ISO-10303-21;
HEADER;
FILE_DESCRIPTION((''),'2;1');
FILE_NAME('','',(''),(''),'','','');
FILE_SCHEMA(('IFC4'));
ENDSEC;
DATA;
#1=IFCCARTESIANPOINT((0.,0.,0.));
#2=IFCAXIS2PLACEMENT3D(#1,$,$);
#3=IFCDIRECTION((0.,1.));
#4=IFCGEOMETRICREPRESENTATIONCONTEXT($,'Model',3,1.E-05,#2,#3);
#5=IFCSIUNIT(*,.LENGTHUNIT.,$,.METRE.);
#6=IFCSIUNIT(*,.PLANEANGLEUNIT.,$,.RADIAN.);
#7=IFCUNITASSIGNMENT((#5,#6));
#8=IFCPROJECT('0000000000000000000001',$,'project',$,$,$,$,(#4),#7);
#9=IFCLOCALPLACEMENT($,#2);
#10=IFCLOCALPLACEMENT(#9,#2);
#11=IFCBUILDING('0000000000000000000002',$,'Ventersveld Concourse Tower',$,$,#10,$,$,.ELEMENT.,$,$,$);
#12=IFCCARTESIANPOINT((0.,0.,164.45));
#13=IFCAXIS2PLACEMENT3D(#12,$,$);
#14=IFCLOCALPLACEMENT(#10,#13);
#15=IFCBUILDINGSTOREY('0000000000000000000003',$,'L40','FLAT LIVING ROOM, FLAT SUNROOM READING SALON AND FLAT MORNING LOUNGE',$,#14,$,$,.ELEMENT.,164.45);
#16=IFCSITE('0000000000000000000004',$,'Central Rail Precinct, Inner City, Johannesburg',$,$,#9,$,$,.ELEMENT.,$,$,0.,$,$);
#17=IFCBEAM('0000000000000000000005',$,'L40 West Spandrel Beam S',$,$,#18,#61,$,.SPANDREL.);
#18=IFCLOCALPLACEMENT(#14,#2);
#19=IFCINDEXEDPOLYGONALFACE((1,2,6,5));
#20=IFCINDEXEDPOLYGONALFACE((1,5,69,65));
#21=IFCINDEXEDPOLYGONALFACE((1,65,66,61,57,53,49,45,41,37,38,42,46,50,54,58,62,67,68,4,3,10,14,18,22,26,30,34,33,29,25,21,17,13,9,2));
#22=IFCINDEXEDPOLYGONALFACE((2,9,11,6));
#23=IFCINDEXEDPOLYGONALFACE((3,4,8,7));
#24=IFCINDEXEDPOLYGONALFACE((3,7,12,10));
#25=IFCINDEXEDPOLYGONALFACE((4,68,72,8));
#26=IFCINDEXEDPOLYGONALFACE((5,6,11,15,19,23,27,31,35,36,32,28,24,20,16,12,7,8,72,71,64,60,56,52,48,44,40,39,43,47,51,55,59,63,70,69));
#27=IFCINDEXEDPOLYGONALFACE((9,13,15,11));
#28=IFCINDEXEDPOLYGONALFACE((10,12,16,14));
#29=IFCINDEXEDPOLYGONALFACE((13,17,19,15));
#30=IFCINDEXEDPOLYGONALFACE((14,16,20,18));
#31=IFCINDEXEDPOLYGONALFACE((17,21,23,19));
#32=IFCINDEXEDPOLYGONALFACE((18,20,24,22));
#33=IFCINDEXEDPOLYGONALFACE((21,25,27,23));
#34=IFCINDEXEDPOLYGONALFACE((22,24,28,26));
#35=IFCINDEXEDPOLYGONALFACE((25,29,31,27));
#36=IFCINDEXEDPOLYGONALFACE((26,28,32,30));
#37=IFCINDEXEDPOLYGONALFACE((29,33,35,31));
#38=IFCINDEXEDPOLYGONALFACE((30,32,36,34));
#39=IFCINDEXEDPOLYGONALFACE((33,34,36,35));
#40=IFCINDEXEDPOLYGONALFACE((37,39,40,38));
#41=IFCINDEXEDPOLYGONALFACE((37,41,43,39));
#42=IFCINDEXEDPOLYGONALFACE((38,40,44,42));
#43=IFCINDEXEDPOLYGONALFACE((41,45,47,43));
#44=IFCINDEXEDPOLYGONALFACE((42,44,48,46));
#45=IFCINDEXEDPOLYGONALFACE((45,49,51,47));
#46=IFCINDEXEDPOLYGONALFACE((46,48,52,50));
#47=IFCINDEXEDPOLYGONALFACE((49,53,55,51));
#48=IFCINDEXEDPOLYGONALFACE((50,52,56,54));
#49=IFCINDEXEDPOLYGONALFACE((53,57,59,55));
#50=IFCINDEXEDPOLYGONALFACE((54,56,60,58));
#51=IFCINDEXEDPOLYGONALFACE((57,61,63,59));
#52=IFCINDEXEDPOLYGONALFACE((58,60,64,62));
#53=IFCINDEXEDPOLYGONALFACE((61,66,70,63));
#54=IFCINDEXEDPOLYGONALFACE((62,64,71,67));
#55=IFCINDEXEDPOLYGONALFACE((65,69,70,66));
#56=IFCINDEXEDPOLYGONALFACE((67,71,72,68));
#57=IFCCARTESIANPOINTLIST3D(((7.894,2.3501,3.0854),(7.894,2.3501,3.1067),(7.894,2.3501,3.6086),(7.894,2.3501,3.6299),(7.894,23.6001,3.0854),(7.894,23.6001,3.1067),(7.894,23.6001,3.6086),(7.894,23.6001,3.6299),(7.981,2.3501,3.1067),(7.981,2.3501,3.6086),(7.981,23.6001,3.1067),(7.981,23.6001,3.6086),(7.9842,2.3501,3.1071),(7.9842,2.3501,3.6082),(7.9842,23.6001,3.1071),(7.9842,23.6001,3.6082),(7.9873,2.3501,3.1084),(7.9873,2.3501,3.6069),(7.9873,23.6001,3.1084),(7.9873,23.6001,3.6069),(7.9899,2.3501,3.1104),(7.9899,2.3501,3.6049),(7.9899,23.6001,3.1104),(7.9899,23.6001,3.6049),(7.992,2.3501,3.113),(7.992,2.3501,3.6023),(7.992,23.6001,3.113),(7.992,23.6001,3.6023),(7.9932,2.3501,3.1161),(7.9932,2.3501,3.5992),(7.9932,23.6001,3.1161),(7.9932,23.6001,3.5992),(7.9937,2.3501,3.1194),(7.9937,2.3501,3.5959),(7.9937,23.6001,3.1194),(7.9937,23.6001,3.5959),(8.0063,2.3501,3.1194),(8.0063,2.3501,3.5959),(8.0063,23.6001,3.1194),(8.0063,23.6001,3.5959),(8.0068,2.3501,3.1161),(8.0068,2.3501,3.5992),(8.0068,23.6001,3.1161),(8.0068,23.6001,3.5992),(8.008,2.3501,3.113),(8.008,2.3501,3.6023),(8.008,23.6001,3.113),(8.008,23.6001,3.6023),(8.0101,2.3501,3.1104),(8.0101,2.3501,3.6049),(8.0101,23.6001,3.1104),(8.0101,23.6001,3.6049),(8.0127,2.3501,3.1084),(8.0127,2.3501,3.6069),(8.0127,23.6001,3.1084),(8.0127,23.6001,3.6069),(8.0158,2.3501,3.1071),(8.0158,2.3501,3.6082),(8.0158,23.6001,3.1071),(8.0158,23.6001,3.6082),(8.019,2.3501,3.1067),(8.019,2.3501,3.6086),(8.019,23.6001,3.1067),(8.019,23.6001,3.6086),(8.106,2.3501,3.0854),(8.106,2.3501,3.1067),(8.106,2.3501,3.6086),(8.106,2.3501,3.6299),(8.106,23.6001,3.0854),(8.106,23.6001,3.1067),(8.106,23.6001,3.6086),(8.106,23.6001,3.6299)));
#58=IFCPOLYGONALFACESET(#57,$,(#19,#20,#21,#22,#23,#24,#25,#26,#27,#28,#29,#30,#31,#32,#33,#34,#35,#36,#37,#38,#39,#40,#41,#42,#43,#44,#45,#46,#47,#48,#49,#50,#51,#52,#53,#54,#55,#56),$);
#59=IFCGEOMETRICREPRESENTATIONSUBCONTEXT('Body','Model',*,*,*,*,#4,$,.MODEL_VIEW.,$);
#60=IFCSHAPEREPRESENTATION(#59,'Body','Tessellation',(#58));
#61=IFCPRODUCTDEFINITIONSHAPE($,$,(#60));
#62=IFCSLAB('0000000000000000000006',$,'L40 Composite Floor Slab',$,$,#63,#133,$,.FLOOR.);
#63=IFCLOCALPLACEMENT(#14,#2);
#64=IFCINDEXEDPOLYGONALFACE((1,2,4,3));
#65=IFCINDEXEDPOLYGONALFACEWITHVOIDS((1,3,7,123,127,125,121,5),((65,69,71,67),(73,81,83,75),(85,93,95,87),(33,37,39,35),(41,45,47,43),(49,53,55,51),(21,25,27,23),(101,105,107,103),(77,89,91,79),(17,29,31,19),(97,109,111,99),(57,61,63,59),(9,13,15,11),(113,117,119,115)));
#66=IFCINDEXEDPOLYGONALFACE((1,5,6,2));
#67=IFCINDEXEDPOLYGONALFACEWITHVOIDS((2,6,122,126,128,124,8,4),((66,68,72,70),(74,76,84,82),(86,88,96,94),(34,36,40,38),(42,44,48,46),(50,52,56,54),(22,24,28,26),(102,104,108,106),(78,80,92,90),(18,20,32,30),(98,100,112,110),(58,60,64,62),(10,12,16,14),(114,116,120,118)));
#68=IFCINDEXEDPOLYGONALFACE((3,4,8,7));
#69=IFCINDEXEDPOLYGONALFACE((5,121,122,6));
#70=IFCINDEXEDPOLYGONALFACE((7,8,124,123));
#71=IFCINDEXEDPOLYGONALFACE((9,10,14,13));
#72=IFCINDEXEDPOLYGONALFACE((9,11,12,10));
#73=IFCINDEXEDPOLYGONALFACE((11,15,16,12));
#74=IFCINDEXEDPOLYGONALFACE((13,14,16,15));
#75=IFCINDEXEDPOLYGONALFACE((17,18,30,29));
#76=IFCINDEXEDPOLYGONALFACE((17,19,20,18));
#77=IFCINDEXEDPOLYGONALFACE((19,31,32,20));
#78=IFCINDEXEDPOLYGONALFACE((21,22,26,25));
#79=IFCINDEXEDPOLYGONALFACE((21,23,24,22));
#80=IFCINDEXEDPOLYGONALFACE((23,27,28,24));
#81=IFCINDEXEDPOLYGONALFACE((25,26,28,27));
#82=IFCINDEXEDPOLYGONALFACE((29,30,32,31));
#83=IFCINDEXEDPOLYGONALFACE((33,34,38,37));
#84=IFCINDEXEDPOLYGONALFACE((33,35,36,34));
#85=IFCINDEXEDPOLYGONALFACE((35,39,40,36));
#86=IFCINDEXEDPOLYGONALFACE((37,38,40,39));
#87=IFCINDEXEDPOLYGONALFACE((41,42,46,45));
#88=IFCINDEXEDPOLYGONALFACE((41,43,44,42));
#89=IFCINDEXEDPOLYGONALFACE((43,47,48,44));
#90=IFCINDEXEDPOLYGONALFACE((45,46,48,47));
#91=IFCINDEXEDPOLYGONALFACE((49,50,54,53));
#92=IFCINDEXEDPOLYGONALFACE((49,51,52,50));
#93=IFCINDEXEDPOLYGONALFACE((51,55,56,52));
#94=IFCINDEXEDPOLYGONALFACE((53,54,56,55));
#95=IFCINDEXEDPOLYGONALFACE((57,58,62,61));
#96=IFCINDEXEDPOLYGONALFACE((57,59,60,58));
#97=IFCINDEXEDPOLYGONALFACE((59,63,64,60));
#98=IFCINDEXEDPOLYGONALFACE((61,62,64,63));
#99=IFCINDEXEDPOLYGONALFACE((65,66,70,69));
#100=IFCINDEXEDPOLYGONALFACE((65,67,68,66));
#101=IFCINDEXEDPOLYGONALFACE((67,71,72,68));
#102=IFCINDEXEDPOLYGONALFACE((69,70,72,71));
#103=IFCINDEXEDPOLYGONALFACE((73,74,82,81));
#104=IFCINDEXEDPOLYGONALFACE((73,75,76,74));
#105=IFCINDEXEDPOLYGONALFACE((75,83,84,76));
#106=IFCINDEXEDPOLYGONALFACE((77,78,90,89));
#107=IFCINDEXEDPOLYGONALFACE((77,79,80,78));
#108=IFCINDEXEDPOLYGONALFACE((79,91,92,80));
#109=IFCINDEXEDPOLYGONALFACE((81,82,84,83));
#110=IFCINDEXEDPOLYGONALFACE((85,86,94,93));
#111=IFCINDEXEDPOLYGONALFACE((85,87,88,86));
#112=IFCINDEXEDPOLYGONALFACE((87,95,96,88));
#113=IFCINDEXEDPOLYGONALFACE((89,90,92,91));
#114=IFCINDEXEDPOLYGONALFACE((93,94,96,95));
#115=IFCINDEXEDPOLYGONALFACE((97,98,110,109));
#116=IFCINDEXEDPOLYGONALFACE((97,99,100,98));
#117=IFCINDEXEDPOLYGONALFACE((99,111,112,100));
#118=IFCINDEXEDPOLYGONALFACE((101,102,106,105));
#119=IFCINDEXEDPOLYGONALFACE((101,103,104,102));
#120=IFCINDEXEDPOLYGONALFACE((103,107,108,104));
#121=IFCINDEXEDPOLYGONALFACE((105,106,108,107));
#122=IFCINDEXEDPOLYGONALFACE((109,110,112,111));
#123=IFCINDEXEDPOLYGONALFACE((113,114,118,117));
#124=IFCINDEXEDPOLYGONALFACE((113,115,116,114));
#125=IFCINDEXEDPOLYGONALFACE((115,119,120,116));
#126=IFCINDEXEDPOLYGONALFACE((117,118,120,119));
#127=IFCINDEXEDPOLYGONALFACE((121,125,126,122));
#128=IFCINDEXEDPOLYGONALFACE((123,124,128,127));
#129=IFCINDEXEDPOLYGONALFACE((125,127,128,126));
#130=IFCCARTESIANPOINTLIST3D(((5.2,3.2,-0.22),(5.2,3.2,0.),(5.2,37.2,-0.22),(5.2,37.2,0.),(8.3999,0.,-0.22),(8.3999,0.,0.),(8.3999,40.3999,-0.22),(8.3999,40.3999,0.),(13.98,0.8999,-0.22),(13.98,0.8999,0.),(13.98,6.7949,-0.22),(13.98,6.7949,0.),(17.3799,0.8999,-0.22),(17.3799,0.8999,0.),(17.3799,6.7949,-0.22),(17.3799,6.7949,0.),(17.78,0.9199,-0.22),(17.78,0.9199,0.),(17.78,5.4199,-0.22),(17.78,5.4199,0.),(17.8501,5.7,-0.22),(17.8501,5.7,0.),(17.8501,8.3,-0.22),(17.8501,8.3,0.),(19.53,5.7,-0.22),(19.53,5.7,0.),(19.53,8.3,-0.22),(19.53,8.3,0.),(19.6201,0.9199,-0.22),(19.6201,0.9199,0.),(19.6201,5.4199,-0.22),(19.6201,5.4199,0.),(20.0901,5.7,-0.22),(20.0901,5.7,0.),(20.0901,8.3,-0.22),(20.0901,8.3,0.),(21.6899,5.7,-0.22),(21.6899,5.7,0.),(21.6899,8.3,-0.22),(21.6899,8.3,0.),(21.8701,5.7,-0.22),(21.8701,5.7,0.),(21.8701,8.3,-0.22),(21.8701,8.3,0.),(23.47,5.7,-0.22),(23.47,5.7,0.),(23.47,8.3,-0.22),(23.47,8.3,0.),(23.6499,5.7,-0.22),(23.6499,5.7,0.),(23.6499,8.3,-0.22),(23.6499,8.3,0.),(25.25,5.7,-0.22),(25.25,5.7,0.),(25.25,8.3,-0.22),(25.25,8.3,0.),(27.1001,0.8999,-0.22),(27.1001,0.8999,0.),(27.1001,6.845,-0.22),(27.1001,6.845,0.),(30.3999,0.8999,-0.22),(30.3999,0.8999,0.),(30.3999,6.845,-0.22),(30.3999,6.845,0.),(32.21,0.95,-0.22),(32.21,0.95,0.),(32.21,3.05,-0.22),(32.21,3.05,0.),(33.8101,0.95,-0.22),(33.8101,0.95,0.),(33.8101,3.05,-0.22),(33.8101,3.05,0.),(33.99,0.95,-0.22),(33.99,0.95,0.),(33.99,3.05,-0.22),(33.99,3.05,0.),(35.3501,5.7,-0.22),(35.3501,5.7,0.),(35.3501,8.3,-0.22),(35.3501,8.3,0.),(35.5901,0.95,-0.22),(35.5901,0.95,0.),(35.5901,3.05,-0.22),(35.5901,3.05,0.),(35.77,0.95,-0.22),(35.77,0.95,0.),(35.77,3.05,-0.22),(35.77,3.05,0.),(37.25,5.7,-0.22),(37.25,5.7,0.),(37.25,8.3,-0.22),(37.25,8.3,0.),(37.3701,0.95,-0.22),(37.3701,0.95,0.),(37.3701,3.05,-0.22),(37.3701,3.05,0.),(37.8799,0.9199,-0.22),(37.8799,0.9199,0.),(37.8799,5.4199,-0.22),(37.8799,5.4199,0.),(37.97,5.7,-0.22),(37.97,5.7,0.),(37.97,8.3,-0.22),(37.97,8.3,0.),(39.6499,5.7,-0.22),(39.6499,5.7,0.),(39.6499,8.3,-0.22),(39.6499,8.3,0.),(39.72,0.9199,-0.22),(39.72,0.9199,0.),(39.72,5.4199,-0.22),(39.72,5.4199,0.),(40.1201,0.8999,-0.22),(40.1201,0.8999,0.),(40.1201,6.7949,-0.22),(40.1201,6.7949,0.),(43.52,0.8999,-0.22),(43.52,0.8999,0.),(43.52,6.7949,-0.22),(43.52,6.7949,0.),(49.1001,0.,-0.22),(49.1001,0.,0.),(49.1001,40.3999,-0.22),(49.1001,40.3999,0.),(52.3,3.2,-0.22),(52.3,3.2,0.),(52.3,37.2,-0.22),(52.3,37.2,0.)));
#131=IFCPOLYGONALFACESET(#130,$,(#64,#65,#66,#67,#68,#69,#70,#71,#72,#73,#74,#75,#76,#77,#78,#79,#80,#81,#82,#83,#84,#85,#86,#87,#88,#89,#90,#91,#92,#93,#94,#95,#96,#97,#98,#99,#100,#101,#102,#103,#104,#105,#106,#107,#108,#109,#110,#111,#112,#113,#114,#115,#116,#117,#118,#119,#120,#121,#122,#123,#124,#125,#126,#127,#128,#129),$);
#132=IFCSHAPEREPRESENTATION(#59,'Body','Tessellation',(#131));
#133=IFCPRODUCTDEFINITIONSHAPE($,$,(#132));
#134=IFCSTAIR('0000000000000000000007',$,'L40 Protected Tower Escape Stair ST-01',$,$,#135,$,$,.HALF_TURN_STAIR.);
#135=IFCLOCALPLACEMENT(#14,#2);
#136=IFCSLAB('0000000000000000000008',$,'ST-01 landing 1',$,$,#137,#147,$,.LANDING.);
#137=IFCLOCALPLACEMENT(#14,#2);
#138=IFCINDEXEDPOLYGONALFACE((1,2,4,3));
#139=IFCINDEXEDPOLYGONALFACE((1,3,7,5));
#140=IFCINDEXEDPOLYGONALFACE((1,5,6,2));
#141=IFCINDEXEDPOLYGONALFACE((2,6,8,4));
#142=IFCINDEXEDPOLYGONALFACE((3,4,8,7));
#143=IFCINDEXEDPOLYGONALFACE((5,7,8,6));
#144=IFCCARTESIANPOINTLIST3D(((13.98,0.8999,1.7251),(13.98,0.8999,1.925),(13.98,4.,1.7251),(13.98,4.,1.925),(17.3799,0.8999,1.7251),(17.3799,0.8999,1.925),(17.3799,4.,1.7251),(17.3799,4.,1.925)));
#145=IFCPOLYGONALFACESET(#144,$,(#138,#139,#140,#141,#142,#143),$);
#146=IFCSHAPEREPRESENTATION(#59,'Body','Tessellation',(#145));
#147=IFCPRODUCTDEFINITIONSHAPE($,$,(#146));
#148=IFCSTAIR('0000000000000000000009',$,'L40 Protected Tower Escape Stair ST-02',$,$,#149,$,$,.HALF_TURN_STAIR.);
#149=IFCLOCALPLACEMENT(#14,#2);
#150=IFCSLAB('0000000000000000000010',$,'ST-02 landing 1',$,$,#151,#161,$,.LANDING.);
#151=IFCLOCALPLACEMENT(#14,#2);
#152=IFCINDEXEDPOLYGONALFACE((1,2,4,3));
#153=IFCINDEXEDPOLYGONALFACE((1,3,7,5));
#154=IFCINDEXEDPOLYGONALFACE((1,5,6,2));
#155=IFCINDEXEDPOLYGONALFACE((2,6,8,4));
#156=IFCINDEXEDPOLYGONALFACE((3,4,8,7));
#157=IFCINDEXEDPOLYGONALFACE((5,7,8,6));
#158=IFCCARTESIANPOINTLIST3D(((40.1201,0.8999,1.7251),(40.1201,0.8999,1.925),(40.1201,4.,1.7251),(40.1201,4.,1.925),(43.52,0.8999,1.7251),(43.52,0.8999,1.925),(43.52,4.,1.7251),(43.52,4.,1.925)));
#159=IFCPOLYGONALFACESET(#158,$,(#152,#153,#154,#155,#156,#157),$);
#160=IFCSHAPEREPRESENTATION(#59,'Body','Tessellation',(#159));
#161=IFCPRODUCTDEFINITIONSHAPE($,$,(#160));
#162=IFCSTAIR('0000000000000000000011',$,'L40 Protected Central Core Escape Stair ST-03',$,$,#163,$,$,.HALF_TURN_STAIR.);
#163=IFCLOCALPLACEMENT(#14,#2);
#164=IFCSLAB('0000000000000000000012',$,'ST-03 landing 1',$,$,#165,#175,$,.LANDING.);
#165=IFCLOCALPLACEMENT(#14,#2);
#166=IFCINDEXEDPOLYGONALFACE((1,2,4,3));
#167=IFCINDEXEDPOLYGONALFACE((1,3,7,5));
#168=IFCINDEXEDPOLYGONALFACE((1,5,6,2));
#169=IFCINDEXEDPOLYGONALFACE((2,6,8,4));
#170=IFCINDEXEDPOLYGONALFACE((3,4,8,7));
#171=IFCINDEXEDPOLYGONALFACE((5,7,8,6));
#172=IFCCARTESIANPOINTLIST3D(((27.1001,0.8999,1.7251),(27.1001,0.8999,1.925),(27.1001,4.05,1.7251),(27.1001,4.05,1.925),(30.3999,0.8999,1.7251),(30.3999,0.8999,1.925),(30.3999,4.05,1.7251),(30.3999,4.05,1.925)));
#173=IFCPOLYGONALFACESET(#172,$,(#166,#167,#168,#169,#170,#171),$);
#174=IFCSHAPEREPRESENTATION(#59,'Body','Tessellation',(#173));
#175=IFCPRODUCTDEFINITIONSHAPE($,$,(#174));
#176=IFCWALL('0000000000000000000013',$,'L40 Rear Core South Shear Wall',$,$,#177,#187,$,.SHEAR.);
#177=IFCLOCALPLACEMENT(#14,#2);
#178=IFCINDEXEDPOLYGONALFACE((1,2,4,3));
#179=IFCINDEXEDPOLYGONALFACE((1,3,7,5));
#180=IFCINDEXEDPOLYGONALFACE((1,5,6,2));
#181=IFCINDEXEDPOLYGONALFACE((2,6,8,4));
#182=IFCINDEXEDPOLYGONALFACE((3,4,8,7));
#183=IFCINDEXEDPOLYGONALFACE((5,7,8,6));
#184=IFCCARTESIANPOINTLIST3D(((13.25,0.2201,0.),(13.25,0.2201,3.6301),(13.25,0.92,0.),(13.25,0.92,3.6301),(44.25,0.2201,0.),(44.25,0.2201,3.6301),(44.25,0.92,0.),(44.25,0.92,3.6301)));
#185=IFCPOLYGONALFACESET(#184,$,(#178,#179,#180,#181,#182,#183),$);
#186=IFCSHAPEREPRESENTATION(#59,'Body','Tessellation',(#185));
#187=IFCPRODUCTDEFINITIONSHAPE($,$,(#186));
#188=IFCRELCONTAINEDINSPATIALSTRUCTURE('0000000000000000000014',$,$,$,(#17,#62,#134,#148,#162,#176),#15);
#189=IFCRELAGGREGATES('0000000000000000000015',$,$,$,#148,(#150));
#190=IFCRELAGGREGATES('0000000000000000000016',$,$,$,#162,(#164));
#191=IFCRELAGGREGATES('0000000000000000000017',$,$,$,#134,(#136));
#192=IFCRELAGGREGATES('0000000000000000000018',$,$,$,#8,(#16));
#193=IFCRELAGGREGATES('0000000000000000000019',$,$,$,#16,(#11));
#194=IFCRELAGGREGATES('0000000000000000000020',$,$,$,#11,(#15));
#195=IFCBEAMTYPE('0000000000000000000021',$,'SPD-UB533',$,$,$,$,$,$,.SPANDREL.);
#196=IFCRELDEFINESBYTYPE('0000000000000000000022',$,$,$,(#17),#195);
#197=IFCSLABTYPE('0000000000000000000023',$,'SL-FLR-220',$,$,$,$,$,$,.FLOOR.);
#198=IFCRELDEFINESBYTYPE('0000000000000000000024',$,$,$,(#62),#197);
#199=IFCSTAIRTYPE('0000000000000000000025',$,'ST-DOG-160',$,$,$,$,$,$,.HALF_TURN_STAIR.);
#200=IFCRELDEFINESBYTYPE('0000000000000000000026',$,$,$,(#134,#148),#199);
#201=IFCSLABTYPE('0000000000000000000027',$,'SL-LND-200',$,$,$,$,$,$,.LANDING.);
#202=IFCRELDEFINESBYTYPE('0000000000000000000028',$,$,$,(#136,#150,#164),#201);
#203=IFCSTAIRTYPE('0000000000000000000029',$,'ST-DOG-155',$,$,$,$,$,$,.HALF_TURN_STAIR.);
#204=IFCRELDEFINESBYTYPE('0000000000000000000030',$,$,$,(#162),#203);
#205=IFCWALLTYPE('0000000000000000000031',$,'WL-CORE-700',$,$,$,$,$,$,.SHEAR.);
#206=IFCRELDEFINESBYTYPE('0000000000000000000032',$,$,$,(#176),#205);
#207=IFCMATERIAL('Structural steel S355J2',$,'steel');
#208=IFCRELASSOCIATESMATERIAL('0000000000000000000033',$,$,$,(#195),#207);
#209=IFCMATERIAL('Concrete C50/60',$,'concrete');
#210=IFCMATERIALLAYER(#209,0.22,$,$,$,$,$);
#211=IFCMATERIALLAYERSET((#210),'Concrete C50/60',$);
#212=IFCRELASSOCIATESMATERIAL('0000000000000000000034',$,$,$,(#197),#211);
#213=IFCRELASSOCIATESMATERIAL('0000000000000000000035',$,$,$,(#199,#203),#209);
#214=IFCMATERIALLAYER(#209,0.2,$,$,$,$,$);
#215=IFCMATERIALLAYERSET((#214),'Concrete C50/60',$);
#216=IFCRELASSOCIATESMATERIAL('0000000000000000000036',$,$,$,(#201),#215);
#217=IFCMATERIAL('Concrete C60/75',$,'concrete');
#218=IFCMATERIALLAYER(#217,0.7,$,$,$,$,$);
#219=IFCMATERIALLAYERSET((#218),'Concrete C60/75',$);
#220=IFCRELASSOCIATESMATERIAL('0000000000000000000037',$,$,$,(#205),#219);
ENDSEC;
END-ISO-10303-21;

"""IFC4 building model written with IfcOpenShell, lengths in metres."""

from ifc_helpers import new_model, si_unit, direction, frame, frame_2d, origin, origin_2d, place, context, subcontext, project, spatial, polyline, rectangle, i_section, outline, extrude, material, layer, layer_set, material_profile, profile_set, type_object, element, aggregate, save


model = new_model("IFC4")

# Units and contexts
model_context = context("Model", 3, precision=1e-05, world=origin(), true_north=direction((0.0, 1.0)))
body_context = subcontext(model_context, "Body", "Model", "MODEL_VIEW")
ifc_project = project(units=[si_unit("LENGTHUNIT", "METRE"), si_unit("PLANEANGLEUNIT", "RADIAN")], contexts=[model_context])

# Site, building, storey
site_placement = place(None, origin())
site = spatial("IfcSite", under=ifc_project, at=site_placement, Name="Central Rail Precinct, Inner City, Johannesburg", CompositionType="ELEMENT", RefElevation=0.0)
building_placement = place(site_placement, origin())
building = spatial("IfcBuilding", under=site, at=building_placement, Name="Ventersveld Concourse Tower", CompositionType="ELEMENT")
storey_placement = place(building_placement, frame((0.0, 0.0, 164.45)))
storey = spatial("IfcBuildingStorey", under=building, at=storey_placement, Name="L40", Description="FLAT LIVING ROOM, FLAT SUNROOM READING SALON AND FLAT MORNING LOUNGE", CompositionType="ELEMENT", Elevation=164.45)

# Shared definitions
ifc_material_1 = material(Name="Concrete C50/60", Category="concrete")

# Shared definitions
ifc_material_2 = material(Name="Structural steel S355J2", Category="steel")

# Beam
ifc_material_profile_1 = material_profile(ifc_material_2, i_section(OverallWidth=0.2119, OverallDepth=0.5444, WebThickness=0.0127, FlangeThickness=0.0212, FilletRadius=0.0127, at=origin_2d()), Name="UB 533x210x122")
ifc_profile_set_1 = profile_set([ifc_material_profile_1], Name="Structural steel S355J2")
beam_type_1 = type_object("IfcBeamType", Name="SPD-UB533", PredefinedType="SPANDREL", material=ifc_profile_set_1)
beam_1_placement = place(storey_placement, frame((8.0, 2.3501, 3.3577), z_axis=(0.0, 1.0, 0.0), x_axis=(-1.0, 0.0, 0.0)))
element("IfcBeam", 1, at=beam_1_placement, inside=storey, type_object=beam_type_1, Name="L40 West Spandrel Beam S", PredefinedType="SPANDREL", context=body_context, shape_type="SweptSolid", body=[
    extrude(i_section(OverallWidth=0.2119, OverallDepth=0.5444, WebThickness=0.0127, FlangeThickness=0.0212, FilletRadius=0.0127, at=origin_2d()), origin(), (0.0, 0.0, 1.0), 21.25),
])

# Slab
ifc_layer_1 = layer(ifc_material_1, 0.22)
ifc_layer_set_1 = layer_set([ifc_layer_1], Name="Concrete C50/60")
slab_type_1 = type_object("IfcSlabType", Name="SL-FLR-220", PredefinedType="FLOOR", material=ifc_layer_set_1)
slab_1_placement = place(storey_placement, frame((0.0, 0.0, -0.22)))
element("IfcSlab", 2, at=slab_1_placement, inside=storey, type_object=slab_type_1, Name="L40 Composite Floor Slab", PredefinedType="FLOOR", context=body_context, shape_type="SweptSolid", body=[
    extrude(outline(polyline([(8.3999, 0.0), (49.1001, 0.0), (52.3, 3.2), (52.3, 37.2), (49.1001, 40.3999), (8.3999, 40.3999), (5.2, 37.2), (5.2, 3.2), (8.3999, 0.0)]), holes=[polyline([(13.98, 6.7949), (13.98, 0.8999), (17.3799, 0.8999), (17.3799, 6.7949), (13.98, 6.7949)]), polyline([(40.1201, 6.7949), (40.1201, 0.8999), (43.52, 0.8999), (43.52, 6.7949), (40.1201, 6.7949)]), polyline([(27.1001, 6.845), (27.1001, 0.8999), (30.3999, 0.8999), (30.3999, 6.845), (27.1001, 6.845)]), polyline([(17.8501, 5.7), (19.53, 5.7), (19.53, 8.3), (17.8501, 8.3), (17.8501, 5.7)]), polyline([(37.97, 5.7), (39.6499, 5.7), (39.6499, 8.3), (37.97, 8.3), (37.97, 5.7)]), polyline([(35.3501, 5.7), (37.25, 5.7), (37.25, 8.3), (35.3501, 8.3), (35.3501, 5.7)]), polyline([(32.21, 0.95), (33.8101, 0.95), (33.8101, 3.05), (32.21, 3.05), (32.21, 0.95)]), polyline([(33.99, 0.95), (35.5901, 0.95), (35.5901, 3.05), (33.99, 3.05), (33.99, 0.95)]), polyline([(35.77, 0.95), (37.3701, 0.95), (37.3701, 3.05), (35.77, 3.05), (35.77, 0.95)]), polyline([(20.0901, 5.7), (21.6899, 5.7), (21.6899, 8.3), (20.0901, 8.3), (20.0901, 5.7)]), polyline([(21.8701, 5.7), (23.47, 5.7), (23.47, 8.3), (21.8701, 8.3), (21.8701, 5.7)]), polyline([(23.6499, 5.7), (25.25, 5.7), (25.25, 8.3), (23.6499, 8.3), (23.6499, 5.7)]), polyline([(17.78, 0.9199), (19.6201, 0.9199), (19.6201, 5.4199), (17.78, 5.4199), (17.78, 0.9199)]), polyline([(37.8799, 0.9199), (39.72, 0.9199), (39.72, 5.4199), (37.8799, 5.4199), (37.8799, 0.9199)])]), origin(), (0.0, 0.0, 1.0), 0.22),
])

# Stairs, slabs
stair_type_1 = type_object("IfcStairType", Name="ST-DOG-160", PredefinedType="HALF_TURN_STAIR", material=ifc_material_1)
stair_1_placement = place(storey_placement, origin())
stair_1 = element("IfcStair", 3, at=stair_1_placement, inside=storey, type_object=stair_type_1, Name="L40 Protected Tower Escape Stair ST-01", PredefinedType="HALF_TURN_STAIR")
ifc_layer_2 = layer(ifc_material_1, 0.2)
ifc_layer_set_2 = layer_set([ifc_layer_2], Name="Concrete C50/60")
slab_type_2 = type_object("IfcSlabType", Name="SL-LND-200", PredefinedType="LANDING", material=ifc_layer_set_2)
slab_2_placement = place(storey_placement, frame((0.0, 0.0, 1.7251)))
slab_2 = element("IfcSlab", 4, at=slab_2_placement, type_object=slab_type_2, Name="ST-01 landing 1", PredefinedType="LANDING", context=body_context, shape_type="SweptSolid", body=[
    extrude(outline(polyline([(13.98, 4.0), (13.98, 0.8999), (17.3799, 0.8999), (17.3799, 4.0), (13.98, 4.0)])), origin(), (0.0, 0.0, 1.0), 0.2),
])
stair_2_placement = place(storey_placement, origin())
stair_2 = element("IfcStair", 5, at=stair_2_placement, inside=storey, type_object=stair_type_1, Name="L40 Protected Tower Escape Stair ST-02", PredefinedType="HALF_TURN_STAIR")
slab_3_placement = place(storey_placement, frame((0.0, 0.0, 1.7251)))
slab_3 = element("IfcSlab", 6, at=slab_3_placement, type_object=slab_type_2, Name="ST-02 landing 1", PredefinedType="LANDING", context=body_context, shape_type="SweptSolid", body=[
    extrude(outline(polyline([(40.1201, 4.0), (40.1201, 0.8999), (43.52, 0.8999), (43.52, 4.0), (40.1201, 4.0)])), origin(), (0.0, 0.0, 1.0), 0.2),
])
aggregate(stair_2, [slab_3])
stair_type_2 = type_object("IfcStairType", Name="ST-DOG-155", PredefinedType="HALF_TURN_STAIR", material=ifc_material_1)
stair_3_placement = place(storey_placement, origin())
stair_3 = element("IfcStair", 7, at=stair_3_placement, inside=storey, type_object=stair_type_2, Name="L40 Protected Central Core Escape Stair ST-03", PredefinedType="HALF_TURN_STAIR")
slab_4_placement = place(storey_placement, frame((0.0, 0.0, 1.7251)))
slab_4 = element("IfcSlab", 8, at=slab_4_placement, type_object=slab_type_2, Name="ST-03 landing 1", PredefinedType="LANDING", context=body_context, shape_type="SweptSolid", body=[
    extrude(outline(polyline([(27.1001, 4.05), (27.1001, 0.8999), (30.3999, 0.8999), (30.3999, 4.05), (27.1001, 4.05)])), origin(), (0.0, 0.0, 1.0), 0.2),
])
aggregate(stair_3, [slab_4])

# Wall
ifc_material_3 = material(Name="Concrete C60/75", Category="concrete")
ifc_layer_3 = layer(ifc_material_3, 0.7)
ifc_layer_set_3 = layer_set([ifc_layer_3], Name="Concrete C60/75")
wall_type_1 = type_object("IfcWallType", Name="WL-CORE-700", PredefinedType="SHEAR", material=ifc_layer_set_3)
wall_1_placement = place(storey_placement, frame((13.25, 0.5701, 0.0), z_axis=(0.0, 0.0, 1.0), x_axis=(1.0, 0.0, 0.0)))
element("IfcWall", 9, at=wall_1_placement, inside=storey, type_object=wall_type_1, Name="L40 Rear Core South Shear Wall", PredefinedType="SHEAR", context=body_context, shape_type="SweptSolid", body=[
    extrude(rectangle(XDim=31.0, YDim=0.7, at=frame_2d((15.5, 0.0))), origin(), (0.0, 0.0, 1.0), 3.6301),
])

aggregate(stair_1, [slab_2])

save(model, "model.ifc")
